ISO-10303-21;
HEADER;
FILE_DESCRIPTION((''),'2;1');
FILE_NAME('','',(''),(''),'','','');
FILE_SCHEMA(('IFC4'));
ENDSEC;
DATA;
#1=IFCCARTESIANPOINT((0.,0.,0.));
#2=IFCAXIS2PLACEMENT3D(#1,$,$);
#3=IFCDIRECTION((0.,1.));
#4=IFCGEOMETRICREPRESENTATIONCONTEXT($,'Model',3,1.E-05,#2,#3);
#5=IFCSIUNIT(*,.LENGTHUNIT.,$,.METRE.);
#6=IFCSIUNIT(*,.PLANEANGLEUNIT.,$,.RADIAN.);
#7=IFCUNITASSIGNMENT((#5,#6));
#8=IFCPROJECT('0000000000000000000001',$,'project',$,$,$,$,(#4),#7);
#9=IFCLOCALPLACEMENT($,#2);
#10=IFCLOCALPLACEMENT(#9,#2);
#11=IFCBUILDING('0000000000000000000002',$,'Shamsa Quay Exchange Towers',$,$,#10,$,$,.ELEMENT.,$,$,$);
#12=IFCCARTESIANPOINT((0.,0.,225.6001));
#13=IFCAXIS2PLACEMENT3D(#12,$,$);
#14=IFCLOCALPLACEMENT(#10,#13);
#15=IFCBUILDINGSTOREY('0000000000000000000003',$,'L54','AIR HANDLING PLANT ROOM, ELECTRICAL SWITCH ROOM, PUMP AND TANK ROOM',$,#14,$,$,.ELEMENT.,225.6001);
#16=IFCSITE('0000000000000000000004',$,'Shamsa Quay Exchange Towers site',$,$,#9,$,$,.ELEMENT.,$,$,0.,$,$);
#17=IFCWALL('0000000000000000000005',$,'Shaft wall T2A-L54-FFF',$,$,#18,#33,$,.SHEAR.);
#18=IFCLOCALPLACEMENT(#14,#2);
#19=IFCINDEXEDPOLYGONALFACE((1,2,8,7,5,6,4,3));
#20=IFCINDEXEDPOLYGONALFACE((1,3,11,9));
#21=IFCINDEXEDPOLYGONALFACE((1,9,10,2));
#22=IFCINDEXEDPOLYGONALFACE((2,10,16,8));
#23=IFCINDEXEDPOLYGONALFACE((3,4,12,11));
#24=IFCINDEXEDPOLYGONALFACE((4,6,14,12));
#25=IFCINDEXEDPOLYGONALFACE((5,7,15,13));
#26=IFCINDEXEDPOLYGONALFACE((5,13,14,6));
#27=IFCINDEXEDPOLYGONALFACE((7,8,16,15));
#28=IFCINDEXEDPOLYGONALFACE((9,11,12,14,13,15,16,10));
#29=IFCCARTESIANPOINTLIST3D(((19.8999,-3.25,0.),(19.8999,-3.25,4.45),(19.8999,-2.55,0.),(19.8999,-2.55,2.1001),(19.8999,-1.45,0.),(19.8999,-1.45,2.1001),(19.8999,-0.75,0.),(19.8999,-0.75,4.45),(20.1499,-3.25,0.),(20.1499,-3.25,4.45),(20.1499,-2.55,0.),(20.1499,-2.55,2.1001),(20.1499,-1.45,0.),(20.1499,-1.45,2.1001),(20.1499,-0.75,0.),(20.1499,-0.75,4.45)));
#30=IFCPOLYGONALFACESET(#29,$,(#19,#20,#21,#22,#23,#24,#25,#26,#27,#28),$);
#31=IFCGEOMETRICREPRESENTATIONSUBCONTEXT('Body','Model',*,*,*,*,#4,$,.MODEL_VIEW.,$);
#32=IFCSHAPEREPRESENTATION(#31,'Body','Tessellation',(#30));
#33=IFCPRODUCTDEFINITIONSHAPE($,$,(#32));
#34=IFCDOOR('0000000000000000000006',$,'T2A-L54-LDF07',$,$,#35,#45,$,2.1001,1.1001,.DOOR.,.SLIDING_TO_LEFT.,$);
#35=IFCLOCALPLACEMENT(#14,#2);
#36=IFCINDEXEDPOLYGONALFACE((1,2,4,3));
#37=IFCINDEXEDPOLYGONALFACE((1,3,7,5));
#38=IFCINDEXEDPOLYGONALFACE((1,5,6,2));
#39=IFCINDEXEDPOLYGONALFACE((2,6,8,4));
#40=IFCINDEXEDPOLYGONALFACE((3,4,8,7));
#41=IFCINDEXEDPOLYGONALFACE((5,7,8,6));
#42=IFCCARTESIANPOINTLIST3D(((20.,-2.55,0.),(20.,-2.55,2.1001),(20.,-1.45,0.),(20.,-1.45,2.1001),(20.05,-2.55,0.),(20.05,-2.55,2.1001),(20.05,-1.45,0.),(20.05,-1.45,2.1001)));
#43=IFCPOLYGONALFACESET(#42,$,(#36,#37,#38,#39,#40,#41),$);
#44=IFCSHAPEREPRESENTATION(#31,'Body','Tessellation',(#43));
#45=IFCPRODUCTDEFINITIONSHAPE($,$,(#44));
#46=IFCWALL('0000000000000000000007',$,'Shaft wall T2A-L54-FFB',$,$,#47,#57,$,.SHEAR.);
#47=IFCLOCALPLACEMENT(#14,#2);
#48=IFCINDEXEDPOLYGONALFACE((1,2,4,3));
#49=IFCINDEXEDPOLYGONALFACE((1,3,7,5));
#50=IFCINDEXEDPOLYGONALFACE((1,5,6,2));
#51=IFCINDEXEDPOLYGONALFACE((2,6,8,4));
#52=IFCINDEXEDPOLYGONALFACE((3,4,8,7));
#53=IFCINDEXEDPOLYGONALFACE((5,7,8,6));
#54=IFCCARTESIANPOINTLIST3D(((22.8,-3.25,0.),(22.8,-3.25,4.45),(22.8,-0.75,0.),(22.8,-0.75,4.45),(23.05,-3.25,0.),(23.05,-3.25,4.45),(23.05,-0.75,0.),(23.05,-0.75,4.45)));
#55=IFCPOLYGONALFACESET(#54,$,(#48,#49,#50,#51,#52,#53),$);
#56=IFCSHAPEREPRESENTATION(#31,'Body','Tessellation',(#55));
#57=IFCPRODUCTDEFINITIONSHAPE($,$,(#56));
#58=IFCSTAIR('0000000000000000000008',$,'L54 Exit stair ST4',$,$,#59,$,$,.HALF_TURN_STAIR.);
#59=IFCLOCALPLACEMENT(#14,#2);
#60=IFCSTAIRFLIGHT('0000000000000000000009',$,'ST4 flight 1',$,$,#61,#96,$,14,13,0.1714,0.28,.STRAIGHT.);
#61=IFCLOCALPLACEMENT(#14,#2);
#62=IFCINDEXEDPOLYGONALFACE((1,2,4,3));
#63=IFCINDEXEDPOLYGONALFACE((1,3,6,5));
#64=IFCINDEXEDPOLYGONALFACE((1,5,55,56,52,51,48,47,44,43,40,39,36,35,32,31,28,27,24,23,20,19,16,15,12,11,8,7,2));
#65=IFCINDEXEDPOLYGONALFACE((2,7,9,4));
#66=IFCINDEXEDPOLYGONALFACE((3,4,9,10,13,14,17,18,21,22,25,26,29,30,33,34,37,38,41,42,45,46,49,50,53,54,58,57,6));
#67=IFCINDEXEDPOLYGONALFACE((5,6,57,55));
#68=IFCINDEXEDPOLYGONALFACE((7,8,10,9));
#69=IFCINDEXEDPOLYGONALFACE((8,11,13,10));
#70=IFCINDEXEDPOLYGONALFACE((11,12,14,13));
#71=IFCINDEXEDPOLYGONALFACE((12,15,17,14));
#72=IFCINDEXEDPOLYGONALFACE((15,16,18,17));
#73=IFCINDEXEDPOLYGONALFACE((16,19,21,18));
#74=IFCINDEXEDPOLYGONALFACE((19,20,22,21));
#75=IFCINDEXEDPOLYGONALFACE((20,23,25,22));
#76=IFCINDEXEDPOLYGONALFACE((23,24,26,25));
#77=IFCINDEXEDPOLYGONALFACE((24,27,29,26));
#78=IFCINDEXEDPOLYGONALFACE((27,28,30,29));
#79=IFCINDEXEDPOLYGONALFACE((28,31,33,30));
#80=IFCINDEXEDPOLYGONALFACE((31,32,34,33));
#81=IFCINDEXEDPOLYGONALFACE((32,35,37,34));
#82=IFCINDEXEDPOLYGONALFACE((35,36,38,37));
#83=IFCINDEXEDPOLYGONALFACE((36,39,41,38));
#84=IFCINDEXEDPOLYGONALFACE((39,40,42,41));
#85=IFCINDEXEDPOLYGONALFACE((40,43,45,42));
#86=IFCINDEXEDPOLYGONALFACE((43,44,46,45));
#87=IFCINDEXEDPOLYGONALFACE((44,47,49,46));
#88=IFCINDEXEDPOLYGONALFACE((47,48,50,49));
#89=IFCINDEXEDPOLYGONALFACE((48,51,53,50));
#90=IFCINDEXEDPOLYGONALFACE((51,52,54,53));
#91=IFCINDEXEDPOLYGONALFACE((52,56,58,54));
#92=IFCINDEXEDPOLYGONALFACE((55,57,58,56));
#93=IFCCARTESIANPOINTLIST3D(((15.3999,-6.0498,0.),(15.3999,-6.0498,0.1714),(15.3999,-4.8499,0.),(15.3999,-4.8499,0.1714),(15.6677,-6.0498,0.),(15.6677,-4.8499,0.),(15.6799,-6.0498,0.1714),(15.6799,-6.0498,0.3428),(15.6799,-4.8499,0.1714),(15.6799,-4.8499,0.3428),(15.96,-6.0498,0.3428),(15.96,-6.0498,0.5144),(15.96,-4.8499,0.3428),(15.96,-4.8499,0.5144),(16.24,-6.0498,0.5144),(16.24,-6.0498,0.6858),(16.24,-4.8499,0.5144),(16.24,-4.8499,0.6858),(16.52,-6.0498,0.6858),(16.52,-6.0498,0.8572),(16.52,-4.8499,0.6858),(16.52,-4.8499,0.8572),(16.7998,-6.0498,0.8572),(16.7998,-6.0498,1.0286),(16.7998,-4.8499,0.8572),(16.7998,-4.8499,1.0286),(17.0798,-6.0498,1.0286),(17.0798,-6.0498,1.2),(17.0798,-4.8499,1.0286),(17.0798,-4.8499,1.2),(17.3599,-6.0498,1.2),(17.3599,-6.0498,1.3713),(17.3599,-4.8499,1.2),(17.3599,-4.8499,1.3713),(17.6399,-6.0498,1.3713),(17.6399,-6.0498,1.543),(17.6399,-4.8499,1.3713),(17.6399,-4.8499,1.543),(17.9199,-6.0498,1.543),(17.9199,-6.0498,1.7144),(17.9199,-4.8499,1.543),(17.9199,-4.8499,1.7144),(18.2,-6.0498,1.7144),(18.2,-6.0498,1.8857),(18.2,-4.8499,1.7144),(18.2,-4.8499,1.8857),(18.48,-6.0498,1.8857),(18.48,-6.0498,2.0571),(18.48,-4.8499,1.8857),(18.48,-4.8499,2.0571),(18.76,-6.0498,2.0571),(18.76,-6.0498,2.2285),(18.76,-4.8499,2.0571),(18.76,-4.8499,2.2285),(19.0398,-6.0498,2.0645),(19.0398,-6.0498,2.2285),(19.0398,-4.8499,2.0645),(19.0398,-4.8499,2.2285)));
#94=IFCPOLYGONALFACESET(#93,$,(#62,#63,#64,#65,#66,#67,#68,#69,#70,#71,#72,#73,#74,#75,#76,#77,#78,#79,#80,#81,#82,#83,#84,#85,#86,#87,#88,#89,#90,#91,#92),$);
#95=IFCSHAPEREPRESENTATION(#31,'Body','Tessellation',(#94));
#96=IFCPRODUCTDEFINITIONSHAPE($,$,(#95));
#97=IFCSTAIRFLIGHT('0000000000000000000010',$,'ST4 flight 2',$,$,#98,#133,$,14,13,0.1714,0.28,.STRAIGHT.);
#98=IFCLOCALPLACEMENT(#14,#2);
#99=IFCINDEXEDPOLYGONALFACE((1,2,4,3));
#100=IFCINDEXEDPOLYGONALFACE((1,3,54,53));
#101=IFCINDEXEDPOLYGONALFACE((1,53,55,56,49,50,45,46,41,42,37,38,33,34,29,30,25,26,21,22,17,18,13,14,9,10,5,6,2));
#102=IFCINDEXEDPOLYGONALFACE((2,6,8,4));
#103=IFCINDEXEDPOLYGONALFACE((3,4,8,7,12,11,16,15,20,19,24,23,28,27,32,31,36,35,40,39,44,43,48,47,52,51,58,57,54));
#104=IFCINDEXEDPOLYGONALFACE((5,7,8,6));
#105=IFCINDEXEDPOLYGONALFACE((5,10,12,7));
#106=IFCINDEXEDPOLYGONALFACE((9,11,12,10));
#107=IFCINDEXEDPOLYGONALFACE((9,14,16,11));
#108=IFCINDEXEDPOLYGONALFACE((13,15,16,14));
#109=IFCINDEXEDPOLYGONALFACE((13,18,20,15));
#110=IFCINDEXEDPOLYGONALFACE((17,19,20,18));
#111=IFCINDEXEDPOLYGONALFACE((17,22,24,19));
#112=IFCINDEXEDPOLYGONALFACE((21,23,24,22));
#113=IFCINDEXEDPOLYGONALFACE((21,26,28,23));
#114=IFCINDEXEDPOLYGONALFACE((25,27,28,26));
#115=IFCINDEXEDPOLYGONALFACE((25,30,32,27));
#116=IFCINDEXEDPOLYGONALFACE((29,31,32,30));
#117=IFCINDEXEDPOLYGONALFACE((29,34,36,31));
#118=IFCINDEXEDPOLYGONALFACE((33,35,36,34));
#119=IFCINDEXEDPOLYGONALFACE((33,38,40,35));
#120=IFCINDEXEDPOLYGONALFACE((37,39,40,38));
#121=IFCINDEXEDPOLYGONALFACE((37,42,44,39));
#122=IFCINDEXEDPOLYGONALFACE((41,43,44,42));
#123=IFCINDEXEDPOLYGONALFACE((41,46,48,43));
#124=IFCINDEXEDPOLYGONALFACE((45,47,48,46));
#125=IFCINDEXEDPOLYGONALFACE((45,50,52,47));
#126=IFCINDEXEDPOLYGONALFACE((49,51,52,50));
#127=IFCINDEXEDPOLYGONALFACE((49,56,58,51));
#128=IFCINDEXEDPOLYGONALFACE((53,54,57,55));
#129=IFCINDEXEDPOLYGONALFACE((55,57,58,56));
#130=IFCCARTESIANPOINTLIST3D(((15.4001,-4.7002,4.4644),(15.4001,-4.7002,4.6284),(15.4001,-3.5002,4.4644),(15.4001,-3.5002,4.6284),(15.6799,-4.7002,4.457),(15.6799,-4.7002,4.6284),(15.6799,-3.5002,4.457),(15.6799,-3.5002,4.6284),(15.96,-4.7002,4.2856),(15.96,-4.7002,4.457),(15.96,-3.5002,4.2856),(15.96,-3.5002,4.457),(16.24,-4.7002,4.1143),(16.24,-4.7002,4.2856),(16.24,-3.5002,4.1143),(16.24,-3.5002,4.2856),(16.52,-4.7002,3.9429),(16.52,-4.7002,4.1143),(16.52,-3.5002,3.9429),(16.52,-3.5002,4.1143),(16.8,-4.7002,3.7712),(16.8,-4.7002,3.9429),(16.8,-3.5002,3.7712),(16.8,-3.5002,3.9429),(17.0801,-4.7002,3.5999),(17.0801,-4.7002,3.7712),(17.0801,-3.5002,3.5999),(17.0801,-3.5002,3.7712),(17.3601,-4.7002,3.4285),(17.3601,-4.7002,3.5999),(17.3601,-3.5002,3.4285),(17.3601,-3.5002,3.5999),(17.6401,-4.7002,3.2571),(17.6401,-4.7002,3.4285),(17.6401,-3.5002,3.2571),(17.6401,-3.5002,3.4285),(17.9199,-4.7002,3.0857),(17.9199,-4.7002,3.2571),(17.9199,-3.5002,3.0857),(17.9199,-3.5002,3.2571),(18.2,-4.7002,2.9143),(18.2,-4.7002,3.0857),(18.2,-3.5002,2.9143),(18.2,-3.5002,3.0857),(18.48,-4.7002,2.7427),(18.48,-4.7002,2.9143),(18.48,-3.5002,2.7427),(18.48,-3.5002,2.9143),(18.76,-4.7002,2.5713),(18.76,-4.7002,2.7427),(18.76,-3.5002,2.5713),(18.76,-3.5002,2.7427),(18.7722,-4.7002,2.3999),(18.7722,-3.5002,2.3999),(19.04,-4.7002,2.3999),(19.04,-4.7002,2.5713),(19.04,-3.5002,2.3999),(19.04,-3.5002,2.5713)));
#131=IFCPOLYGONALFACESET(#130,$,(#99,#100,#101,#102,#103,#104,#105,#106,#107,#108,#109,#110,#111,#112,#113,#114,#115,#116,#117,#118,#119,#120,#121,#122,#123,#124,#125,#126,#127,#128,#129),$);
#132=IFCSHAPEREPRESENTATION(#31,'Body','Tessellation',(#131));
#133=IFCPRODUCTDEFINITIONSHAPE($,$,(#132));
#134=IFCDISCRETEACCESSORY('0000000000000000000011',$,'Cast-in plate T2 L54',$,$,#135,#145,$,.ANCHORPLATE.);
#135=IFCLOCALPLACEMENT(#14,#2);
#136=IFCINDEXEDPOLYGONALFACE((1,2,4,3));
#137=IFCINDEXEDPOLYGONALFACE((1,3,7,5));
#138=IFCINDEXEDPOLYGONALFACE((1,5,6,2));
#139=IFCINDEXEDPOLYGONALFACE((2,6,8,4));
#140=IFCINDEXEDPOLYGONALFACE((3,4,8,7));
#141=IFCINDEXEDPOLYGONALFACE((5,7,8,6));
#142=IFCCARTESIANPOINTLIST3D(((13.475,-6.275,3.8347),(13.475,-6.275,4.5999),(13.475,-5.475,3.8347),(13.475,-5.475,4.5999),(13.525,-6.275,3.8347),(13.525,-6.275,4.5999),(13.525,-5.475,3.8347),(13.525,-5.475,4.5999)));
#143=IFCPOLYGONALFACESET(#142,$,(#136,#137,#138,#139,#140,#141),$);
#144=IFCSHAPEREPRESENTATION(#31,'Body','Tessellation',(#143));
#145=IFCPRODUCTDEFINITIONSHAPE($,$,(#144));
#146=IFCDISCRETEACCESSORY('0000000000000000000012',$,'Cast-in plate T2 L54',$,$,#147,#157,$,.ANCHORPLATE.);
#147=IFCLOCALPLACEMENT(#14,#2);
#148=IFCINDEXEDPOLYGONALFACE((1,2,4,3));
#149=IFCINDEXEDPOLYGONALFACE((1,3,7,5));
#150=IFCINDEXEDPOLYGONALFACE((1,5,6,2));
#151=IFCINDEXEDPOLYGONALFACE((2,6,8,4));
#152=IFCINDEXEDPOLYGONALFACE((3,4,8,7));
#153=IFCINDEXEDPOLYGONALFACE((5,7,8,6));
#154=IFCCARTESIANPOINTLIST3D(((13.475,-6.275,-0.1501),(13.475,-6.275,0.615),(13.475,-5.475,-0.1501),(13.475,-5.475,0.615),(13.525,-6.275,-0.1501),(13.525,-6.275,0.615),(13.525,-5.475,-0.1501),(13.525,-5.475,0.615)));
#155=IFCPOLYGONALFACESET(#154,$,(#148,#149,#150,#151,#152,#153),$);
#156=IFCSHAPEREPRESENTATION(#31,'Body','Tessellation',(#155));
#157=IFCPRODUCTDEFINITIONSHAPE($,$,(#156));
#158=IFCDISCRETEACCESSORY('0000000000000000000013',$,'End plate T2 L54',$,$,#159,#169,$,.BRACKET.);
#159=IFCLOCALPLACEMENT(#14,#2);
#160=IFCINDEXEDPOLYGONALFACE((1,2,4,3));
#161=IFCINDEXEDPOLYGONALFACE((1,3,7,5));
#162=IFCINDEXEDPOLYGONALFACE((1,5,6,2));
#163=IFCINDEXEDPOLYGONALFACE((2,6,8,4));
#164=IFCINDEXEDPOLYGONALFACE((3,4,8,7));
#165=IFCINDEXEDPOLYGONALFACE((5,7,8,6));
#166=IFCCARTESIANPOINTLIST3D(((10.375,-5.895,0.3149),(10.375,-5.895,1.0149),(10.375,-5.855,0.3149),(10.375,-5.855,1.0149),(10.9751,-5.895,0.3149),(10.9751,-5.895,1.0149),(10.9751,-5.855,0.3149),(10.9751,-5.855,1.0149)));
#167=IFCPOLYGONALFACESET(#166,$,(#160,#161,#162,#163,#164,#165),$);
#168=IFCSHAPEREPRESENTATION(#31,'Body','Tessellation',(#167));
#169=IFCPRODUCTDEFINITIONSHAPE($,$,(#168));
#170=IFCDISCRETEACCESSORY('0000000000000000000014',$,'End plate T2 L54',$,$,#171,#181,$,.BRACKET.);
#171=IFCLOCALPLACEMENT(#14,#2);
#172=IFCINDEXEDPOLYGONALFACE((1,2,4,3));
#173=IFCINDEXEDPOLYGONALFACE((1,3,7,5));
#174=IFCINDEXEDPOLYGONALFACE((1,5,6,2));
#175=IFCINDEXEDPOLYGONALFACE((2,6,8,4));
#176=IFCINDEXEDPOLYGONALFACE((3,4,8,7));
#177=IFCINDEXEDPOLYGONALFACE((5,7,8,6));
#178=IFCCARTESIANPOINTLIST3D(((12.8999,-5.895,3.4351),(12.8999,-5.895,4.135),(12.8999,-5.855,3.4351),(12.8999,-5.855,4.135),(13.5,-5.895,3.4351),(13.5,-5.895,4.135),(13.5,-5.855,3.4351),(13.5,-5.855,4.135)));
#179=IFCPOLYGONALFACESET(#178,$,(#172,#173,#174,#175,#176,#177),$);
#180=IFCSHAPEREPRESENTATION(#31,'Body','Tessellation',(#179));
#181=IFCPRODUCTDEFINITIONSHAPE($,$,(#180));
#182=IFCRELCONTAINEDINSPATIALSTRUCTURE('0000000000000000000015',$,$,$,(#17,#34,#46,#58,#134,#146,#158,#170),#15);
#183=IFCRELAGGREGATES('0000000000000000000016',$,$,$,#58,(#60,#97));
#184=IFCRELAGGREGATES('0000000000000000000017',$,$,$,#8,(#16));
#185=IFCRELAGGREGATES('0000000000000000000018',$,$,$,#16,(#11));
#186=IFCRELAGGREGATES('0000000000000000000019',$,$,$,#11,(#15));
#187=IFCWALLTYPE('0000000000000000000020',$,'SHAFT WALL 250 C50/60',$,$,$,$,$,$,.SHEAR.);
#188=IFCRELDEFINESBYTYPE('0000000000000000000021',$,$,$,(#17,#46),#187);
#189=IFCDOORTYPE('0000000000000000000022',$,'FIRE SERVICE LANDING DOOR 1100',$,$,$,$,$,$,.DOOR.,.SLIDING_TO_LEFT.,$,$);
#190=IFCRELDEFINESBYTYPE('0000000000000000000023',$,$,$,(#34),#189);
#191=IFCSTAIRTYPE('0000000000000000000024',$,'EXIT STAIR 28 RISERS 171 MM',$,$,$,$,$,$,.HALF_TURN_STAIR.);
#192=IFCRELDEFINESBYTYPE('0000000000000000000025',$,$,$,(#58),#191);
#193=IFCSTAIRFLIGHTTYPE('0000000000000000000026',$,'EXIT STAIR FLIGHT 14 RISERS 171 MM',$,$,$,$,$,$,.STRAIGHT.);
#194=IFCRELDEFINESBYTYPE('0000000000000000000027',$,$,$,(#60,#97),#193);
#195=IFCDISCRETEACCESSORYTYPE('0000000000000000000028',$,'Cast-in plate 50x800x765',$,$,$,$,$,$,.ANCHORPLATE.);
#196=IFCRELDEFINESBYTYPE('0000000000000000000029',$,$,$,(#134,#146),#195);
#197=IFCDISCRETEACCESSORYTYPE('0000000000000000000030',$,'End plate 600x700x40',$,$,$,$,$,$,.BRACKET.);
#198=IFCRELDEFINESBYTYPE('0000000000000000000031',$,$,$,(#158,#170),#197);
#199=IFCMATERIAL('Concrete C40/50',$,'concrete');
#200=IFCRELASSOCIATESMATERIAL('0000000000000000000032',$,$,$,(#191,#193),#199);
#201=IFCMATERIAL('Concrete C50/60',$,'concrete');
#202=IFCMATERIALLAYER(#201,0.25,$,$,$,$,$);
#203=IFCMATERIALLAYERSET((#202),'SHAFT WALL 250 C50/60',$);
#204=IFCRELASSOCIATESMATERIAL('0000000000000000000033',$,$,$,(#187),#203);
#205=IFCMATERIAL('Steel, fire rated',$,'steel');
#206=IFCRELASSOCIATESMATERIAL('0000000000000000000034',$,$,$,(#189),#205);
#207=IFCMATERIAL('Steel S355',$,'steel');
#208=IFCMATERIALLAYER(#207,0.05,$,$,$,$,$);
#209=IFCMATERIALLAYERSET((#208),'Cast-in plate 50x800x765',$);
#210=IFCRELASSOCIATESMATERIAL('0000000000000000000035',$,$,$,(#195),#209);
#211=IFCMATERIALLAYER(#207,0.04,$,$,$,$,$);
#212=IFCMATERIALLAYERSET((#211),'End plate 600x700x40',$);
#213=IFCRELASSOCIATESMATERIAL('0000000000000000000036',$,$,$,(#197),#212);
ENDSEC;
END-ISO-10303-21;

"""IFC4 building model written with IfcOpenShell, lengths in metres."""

from ifc_helpers import new_model, si_unit, direction, frame, frame_2d, origin, origin_2d, place, context, subcontext, project, spatial, polyline, rectangle, outline, extrude, material, layer, layer_set, type_object, element, fill, aggregate, save


model = new_model("IFC4")

# Units and contexts
model_context = context("Model", 3, precision=1e-05, world=origin(), true_north=direction((0.0, 1.0)))
body_context = subcontext(model_context, "Body", "Model", "MODEL_VIEW")
ifc_project = project(units=[si_unit("LENGTHUNIT", "METRE"), si_unit("PLANEANGLEUNIT", "RADIAN")], contexts=[model_context])

# Site, building, storey
site_placement = place(None, origin())
site = spatial("IfcSite", under=ifc_project, at=site_placement, Name="Shamsa Quay Exchange Towers site", CompositionType="ELEMENT", RefElevation=0.0)
building_placement = place(site_placement, origin())
building = spatial("IfcBuilding", under=site, at=building_placement, Name="Shamsa Quay Exchange Towers", CompositionType="ELEMENT")
storey_placement = place(building_placement, frame((0.0, 0.0, 225.6001)))
storey = spatial("IfcBuildingStorey", under=building, at=storey_placement, Name="L54", Description="AIR HANDLING PLANT ROOM, ELECTRICAL SWITCH ROOM, PUMP AND TANK ROOM", CompositionType="ELEMENT", Elevation=225.6001)

# Shared definitions
ifc_material_1 = material(Name="Steel S355", Category="steel")

# Shared definitions
ifc_material_2 = material(Name="Concrete C50/60", Category="concrete")

# Shared definitions
ifc_material_3 = material(Name="Concrete C40/50", Category="concrete")
stair_type = type_object("IfcStairType", Name="EXIT STAIR 28 RISERS 171 MM", PredefinedType="HALF_TURN_STAIR", material=ifc_material_3)

# Shared definitions
ifc_layer_1 = layer(ifc_material_2, 0.25)
ifc_layer_set_1 = layer_set([ifc_layer_1], Name="SHAFT WALL 250 C50/60")
wall_type_1 = type_object("IfcWallType", Name="SHAFT WALL 250 C50/60", PredefinedType="SHEAR", material=ifc_layer_set_1)

# Wall, opening, door
wall_1_placement = place(storey_placement, frame((20.0249, -3.25, 0.0), z_axis=(0.0, 0.0, 1.0), x_axis=(0.0, 1.0, 0.0)))
wall_1 = element("IfcWall", 1, at=wall_1_placement, inside=storey, type_object=wall_type_1, Name="Shaft wall T2A-L54-FFF", PredefinedType="SHEAR", context=body_context, shape_type="SweptSolid", body=[
    extrude(rectangle(XDim=2.5, YDim=0.25, at=frame_2d((1.25, 0.0))), origin(), (0.0, 0.0, 1.0), 4.45),
])
opening_placement = place(wall_1_placement, frame((0.7, 0.0, 0.0)))
opening = element("IfcOpeningElement", 2, at=opening_placement, cuts=wall_1, PredefinedType="OPENING", context=body_context, shape_type="SweptSolid", body=[
    extrude(rectangle(XDim=1.1001, YDim=2.1001, at=frame_2d((0.55, 1.05))), frame((0.0, 0.135, 0.0), z_axis=(0.0, -1.0, 0.0), x_axis=(1.0, 0.0, 0.0)), (0.0, 0.0, 1.0), 0.27),
])
ifc_material_4 = material(Name="Steel, fire rated", Category="steel")
door_type = type_object("IfcDoorType", Name="FIRE SERVICE LANDING DOOR 1100", OperationType="SLIDING_TO_LEFT", PredefinedType="DOOR", material=ifc_material_4)
door_placement = place(opening_placement, origin())
door = element("IfcDoor", 3, at=door_placement, inside=storey, type_object=door_type, Name="T2A-L54-LDF07", OperationType="SLIDING_TO_LEFT", OverallHeight=2.1001, OverallWidth=1.1001, PredefinedType="DOOR", context=body_context, shape_type="SweptSolid", body=[
    extrude(rectangle(XDim=1.1001, YDim=2.1001, at=frame_2d((0.55, 1.05))), frame((0.0, 0.0249, 0.0), z_axis=(0.0, -1.0, 0.0), x_axis=(1.0, 0.0, 0.0)), (0.0, 0.0, 1.0), 0.05),
])
fill(opening, door)

# Wall
wall_2_placement = place(storey_placement, frame((22.925, -3.25, 0.0), z_axis=(0.0, 0.0, 1.0), x_axis=(0.0, 1.0, 0.0)))
element("IfcWall", 4, at=wall_2_placement, inside=storey, type_object=wall_type_1, Name="Shaft wall T2A-L54-FFB", PredefinedType="SHEAR", context=body_context, shape_type="SweptSolid", body=[
    extrude(rectangle(XDim=2.5, YDim=0.25, at=frame_2d((1.25, 0.0))), origin(), (0.0, 0.0, 1.0), 4.45),
])

# Stair, stair flights
stair_1_placement = place(storey_placement, origin())
stair_1 = element("IfcStair", 5, at=stair_1_placement, inside=storey, type_object=stair_type, Name="L54 Exit stair ST4", PredefinedType="HALF_TURN_STAIR")
stair_flight_type = type_object("IfcStairFlightType", Name="EXIT STAIR FLIGHT 14 RISERS 171 MM", PredefinedType="STRAIGHT", material=ifc_material_3)
stair_flight_1_placement = place(storey_placement, frame((15.3999, -5.45, 0.0)))
stair_flight_1 = element("IfcStairFlight", 6, at=stair_flight_1_placement, type_object=stair_flight_type, Name="ST4 flight 1", NumberOfRisers=14, NumberOfTreads=13, PredefinedType="STRAIGHT", RiserHeight=0.1714, TreadLength=0.28, context=body_context, shape_type="SweptSolid", body=[
    extrude(outline(polyline([(0.0, 0.0), (0.0, 0.1714), (0.28, 0.1714), (0.28, 0.3428), (0.5601, 0.3428), (0.5601, 0.5144), (0.8401, 0.5144), (0.8401, 0.6858), (1.1201, 0.6858), (1.1201, 0.8572), (1.3999, 0.8572), (1.3999, 1.0286), (1.6799, 1.0286), (1.6799, 1.2), (1.96, 1.2), (1.96, 1.3713), (2.24, 1.3713), (2.24, 1.543), (2.52, 1.543), (2.52, 1.7144), (2.8, 1.7144), (2.8, 1.8857), (3.0801, 1.8857), (3.0801, 2.0571), (3.3601, 2.0571), (3.3601, 2.2285), (3.6399, 2.2285), (3.6399, 2.3999), (3.6399, 2.0645), (0.2678, 0.0), (0.0, 0.0)])), frame((0.0, 0.6001, 0.0), z_axis=(0.0, -1.0, 0.0), x_axis=(1.0, 0.0, 0.0)), (0.0, 0.0, 1.0), 1.2),
])
stair_flight_2_placement = place(storey_placement, frame((19.04, -4.1001, 2.3999), z_axis=(0.0, 0.0, 1.0), x_axis=(-1.0, 0.0, 0.0)))
stair_flight_2 = element("IfcStairFlight", 7, at=stair_flight_2_placement, type_object=stair_flight_type, Name="ST4 flight 2", NumberOfRisers=14, NumberOfTreads=13, PredefinedType="STRAIGHT", RiserHeight=0.1714, TreadLength=0.28, context=body_context, shape_type="SweptSolid", body=[
    extrude(outline(polyline([(0.0, 0.0), (0.0, 0.1714), (0.28, 0.1714), (0.28, 0.3428), (0.5601, 0.3428), (0.5601, 0.5144), (0.8401, 0.5144), (0.8401, 0.6858), (1.1201, 0.6858), (1.1201, 0.8572), (1.3999, 0.8572), (1.3999, 1.0286), (1.6799, 1.0286), (1.6799, 1.2), (1.96, 1.2), (1.96, 1.3713), (2.24, 1.3713), (2.24, 1.543), (2.52, 1.543), (2.52, 1.7144), (2.8, 1.7144), (2.8, 1.8857), (3.0801, 1.8857), (3.0801, 2.0571), (3.3601, 2.0571), (3.3601, 2.2285), (3.6399, 2.2285), (3.6399, 2.3999), (3.6399, 2.0645), (0.2678, 0.0), (0.0, 0.0)])), frame((0.0, 0.6001, 0.0), z_axis=(0.0, -1.0, 0.0), x_axis=(1.0, 0.0, 0.0)), (0.0, 0.0, 1.0), 1.2),
])
aggregate(stair_1, [stair_flight_1, stair_flight_2])

# Discrete accessories
ifc_layer_2 = layer(ifc_material_1, 0.05)
ifc_layer_set_2 = layer_set([ifc_layer_2], Name="Cast-in plate 50x800x765")
discrete_accessory_type_1 = type_object("IfcDiscreteAccessoryType", Name="Cast-in plate 50x800x765", PredefinedType="ANCHORPLATE", material=ifc_layer_set_2)
for number, where, name in (
    (8, (13.5, -5.875, 3.8347), "Cast-in plate T2 L54"),
    (9, (13.5, -5.875, -0.1501), "Cast-in plate T2 L54"),
):
    element("IfcDiscreteAccessory", number, at=place(storey_placement, frame(where)), inside=storey, type_object=discrete_accessory_type_1, Name=name, PredefinedType="ANCHORPLATE", context=body_context, shape_type="SweptSolid", body=[
        extrude(rectangle(XDim=0.05, YDim=0.8, at=origin_2d()), origin(), (0.0, 0.0, 1.0), 0.7651),
    ])
ifc_layer_3 = layer(ifc_material_1, 0.04)
ifc_layer_set_3 = layer_set([ifc_layer_3], Name="End plate 600x700x40")
discrete_accessory_type_2 = type_object("IfcDiscreteAccessoryType", Name="End plate 600x700x40", PredefinedType="BRACKET", material=ifc_layer_set_3)
for number, where, name in (
    (10, (10.675, -5.875, 0.3149), "End plate T2 L54"),
    (11, (13.2, -5.875, 3.4351), "End plate T2 L54"),
):
    element("IfcDiscreteAccessory", number, at=place(storey_placement, frame(where)), inside=storey, type_object=discrete_accessory_type_2, Name=name, PredefinedType="BRACKET", context=body_context, shape_type="SweptSolid", body=[
        extrude(rectangle(XDim=0.6001, YDim=0.04, at=origin_2d()), origin(), (0.0, 0.0, 1.0), 0.7),
    ])

save(model, "model.ifc")
